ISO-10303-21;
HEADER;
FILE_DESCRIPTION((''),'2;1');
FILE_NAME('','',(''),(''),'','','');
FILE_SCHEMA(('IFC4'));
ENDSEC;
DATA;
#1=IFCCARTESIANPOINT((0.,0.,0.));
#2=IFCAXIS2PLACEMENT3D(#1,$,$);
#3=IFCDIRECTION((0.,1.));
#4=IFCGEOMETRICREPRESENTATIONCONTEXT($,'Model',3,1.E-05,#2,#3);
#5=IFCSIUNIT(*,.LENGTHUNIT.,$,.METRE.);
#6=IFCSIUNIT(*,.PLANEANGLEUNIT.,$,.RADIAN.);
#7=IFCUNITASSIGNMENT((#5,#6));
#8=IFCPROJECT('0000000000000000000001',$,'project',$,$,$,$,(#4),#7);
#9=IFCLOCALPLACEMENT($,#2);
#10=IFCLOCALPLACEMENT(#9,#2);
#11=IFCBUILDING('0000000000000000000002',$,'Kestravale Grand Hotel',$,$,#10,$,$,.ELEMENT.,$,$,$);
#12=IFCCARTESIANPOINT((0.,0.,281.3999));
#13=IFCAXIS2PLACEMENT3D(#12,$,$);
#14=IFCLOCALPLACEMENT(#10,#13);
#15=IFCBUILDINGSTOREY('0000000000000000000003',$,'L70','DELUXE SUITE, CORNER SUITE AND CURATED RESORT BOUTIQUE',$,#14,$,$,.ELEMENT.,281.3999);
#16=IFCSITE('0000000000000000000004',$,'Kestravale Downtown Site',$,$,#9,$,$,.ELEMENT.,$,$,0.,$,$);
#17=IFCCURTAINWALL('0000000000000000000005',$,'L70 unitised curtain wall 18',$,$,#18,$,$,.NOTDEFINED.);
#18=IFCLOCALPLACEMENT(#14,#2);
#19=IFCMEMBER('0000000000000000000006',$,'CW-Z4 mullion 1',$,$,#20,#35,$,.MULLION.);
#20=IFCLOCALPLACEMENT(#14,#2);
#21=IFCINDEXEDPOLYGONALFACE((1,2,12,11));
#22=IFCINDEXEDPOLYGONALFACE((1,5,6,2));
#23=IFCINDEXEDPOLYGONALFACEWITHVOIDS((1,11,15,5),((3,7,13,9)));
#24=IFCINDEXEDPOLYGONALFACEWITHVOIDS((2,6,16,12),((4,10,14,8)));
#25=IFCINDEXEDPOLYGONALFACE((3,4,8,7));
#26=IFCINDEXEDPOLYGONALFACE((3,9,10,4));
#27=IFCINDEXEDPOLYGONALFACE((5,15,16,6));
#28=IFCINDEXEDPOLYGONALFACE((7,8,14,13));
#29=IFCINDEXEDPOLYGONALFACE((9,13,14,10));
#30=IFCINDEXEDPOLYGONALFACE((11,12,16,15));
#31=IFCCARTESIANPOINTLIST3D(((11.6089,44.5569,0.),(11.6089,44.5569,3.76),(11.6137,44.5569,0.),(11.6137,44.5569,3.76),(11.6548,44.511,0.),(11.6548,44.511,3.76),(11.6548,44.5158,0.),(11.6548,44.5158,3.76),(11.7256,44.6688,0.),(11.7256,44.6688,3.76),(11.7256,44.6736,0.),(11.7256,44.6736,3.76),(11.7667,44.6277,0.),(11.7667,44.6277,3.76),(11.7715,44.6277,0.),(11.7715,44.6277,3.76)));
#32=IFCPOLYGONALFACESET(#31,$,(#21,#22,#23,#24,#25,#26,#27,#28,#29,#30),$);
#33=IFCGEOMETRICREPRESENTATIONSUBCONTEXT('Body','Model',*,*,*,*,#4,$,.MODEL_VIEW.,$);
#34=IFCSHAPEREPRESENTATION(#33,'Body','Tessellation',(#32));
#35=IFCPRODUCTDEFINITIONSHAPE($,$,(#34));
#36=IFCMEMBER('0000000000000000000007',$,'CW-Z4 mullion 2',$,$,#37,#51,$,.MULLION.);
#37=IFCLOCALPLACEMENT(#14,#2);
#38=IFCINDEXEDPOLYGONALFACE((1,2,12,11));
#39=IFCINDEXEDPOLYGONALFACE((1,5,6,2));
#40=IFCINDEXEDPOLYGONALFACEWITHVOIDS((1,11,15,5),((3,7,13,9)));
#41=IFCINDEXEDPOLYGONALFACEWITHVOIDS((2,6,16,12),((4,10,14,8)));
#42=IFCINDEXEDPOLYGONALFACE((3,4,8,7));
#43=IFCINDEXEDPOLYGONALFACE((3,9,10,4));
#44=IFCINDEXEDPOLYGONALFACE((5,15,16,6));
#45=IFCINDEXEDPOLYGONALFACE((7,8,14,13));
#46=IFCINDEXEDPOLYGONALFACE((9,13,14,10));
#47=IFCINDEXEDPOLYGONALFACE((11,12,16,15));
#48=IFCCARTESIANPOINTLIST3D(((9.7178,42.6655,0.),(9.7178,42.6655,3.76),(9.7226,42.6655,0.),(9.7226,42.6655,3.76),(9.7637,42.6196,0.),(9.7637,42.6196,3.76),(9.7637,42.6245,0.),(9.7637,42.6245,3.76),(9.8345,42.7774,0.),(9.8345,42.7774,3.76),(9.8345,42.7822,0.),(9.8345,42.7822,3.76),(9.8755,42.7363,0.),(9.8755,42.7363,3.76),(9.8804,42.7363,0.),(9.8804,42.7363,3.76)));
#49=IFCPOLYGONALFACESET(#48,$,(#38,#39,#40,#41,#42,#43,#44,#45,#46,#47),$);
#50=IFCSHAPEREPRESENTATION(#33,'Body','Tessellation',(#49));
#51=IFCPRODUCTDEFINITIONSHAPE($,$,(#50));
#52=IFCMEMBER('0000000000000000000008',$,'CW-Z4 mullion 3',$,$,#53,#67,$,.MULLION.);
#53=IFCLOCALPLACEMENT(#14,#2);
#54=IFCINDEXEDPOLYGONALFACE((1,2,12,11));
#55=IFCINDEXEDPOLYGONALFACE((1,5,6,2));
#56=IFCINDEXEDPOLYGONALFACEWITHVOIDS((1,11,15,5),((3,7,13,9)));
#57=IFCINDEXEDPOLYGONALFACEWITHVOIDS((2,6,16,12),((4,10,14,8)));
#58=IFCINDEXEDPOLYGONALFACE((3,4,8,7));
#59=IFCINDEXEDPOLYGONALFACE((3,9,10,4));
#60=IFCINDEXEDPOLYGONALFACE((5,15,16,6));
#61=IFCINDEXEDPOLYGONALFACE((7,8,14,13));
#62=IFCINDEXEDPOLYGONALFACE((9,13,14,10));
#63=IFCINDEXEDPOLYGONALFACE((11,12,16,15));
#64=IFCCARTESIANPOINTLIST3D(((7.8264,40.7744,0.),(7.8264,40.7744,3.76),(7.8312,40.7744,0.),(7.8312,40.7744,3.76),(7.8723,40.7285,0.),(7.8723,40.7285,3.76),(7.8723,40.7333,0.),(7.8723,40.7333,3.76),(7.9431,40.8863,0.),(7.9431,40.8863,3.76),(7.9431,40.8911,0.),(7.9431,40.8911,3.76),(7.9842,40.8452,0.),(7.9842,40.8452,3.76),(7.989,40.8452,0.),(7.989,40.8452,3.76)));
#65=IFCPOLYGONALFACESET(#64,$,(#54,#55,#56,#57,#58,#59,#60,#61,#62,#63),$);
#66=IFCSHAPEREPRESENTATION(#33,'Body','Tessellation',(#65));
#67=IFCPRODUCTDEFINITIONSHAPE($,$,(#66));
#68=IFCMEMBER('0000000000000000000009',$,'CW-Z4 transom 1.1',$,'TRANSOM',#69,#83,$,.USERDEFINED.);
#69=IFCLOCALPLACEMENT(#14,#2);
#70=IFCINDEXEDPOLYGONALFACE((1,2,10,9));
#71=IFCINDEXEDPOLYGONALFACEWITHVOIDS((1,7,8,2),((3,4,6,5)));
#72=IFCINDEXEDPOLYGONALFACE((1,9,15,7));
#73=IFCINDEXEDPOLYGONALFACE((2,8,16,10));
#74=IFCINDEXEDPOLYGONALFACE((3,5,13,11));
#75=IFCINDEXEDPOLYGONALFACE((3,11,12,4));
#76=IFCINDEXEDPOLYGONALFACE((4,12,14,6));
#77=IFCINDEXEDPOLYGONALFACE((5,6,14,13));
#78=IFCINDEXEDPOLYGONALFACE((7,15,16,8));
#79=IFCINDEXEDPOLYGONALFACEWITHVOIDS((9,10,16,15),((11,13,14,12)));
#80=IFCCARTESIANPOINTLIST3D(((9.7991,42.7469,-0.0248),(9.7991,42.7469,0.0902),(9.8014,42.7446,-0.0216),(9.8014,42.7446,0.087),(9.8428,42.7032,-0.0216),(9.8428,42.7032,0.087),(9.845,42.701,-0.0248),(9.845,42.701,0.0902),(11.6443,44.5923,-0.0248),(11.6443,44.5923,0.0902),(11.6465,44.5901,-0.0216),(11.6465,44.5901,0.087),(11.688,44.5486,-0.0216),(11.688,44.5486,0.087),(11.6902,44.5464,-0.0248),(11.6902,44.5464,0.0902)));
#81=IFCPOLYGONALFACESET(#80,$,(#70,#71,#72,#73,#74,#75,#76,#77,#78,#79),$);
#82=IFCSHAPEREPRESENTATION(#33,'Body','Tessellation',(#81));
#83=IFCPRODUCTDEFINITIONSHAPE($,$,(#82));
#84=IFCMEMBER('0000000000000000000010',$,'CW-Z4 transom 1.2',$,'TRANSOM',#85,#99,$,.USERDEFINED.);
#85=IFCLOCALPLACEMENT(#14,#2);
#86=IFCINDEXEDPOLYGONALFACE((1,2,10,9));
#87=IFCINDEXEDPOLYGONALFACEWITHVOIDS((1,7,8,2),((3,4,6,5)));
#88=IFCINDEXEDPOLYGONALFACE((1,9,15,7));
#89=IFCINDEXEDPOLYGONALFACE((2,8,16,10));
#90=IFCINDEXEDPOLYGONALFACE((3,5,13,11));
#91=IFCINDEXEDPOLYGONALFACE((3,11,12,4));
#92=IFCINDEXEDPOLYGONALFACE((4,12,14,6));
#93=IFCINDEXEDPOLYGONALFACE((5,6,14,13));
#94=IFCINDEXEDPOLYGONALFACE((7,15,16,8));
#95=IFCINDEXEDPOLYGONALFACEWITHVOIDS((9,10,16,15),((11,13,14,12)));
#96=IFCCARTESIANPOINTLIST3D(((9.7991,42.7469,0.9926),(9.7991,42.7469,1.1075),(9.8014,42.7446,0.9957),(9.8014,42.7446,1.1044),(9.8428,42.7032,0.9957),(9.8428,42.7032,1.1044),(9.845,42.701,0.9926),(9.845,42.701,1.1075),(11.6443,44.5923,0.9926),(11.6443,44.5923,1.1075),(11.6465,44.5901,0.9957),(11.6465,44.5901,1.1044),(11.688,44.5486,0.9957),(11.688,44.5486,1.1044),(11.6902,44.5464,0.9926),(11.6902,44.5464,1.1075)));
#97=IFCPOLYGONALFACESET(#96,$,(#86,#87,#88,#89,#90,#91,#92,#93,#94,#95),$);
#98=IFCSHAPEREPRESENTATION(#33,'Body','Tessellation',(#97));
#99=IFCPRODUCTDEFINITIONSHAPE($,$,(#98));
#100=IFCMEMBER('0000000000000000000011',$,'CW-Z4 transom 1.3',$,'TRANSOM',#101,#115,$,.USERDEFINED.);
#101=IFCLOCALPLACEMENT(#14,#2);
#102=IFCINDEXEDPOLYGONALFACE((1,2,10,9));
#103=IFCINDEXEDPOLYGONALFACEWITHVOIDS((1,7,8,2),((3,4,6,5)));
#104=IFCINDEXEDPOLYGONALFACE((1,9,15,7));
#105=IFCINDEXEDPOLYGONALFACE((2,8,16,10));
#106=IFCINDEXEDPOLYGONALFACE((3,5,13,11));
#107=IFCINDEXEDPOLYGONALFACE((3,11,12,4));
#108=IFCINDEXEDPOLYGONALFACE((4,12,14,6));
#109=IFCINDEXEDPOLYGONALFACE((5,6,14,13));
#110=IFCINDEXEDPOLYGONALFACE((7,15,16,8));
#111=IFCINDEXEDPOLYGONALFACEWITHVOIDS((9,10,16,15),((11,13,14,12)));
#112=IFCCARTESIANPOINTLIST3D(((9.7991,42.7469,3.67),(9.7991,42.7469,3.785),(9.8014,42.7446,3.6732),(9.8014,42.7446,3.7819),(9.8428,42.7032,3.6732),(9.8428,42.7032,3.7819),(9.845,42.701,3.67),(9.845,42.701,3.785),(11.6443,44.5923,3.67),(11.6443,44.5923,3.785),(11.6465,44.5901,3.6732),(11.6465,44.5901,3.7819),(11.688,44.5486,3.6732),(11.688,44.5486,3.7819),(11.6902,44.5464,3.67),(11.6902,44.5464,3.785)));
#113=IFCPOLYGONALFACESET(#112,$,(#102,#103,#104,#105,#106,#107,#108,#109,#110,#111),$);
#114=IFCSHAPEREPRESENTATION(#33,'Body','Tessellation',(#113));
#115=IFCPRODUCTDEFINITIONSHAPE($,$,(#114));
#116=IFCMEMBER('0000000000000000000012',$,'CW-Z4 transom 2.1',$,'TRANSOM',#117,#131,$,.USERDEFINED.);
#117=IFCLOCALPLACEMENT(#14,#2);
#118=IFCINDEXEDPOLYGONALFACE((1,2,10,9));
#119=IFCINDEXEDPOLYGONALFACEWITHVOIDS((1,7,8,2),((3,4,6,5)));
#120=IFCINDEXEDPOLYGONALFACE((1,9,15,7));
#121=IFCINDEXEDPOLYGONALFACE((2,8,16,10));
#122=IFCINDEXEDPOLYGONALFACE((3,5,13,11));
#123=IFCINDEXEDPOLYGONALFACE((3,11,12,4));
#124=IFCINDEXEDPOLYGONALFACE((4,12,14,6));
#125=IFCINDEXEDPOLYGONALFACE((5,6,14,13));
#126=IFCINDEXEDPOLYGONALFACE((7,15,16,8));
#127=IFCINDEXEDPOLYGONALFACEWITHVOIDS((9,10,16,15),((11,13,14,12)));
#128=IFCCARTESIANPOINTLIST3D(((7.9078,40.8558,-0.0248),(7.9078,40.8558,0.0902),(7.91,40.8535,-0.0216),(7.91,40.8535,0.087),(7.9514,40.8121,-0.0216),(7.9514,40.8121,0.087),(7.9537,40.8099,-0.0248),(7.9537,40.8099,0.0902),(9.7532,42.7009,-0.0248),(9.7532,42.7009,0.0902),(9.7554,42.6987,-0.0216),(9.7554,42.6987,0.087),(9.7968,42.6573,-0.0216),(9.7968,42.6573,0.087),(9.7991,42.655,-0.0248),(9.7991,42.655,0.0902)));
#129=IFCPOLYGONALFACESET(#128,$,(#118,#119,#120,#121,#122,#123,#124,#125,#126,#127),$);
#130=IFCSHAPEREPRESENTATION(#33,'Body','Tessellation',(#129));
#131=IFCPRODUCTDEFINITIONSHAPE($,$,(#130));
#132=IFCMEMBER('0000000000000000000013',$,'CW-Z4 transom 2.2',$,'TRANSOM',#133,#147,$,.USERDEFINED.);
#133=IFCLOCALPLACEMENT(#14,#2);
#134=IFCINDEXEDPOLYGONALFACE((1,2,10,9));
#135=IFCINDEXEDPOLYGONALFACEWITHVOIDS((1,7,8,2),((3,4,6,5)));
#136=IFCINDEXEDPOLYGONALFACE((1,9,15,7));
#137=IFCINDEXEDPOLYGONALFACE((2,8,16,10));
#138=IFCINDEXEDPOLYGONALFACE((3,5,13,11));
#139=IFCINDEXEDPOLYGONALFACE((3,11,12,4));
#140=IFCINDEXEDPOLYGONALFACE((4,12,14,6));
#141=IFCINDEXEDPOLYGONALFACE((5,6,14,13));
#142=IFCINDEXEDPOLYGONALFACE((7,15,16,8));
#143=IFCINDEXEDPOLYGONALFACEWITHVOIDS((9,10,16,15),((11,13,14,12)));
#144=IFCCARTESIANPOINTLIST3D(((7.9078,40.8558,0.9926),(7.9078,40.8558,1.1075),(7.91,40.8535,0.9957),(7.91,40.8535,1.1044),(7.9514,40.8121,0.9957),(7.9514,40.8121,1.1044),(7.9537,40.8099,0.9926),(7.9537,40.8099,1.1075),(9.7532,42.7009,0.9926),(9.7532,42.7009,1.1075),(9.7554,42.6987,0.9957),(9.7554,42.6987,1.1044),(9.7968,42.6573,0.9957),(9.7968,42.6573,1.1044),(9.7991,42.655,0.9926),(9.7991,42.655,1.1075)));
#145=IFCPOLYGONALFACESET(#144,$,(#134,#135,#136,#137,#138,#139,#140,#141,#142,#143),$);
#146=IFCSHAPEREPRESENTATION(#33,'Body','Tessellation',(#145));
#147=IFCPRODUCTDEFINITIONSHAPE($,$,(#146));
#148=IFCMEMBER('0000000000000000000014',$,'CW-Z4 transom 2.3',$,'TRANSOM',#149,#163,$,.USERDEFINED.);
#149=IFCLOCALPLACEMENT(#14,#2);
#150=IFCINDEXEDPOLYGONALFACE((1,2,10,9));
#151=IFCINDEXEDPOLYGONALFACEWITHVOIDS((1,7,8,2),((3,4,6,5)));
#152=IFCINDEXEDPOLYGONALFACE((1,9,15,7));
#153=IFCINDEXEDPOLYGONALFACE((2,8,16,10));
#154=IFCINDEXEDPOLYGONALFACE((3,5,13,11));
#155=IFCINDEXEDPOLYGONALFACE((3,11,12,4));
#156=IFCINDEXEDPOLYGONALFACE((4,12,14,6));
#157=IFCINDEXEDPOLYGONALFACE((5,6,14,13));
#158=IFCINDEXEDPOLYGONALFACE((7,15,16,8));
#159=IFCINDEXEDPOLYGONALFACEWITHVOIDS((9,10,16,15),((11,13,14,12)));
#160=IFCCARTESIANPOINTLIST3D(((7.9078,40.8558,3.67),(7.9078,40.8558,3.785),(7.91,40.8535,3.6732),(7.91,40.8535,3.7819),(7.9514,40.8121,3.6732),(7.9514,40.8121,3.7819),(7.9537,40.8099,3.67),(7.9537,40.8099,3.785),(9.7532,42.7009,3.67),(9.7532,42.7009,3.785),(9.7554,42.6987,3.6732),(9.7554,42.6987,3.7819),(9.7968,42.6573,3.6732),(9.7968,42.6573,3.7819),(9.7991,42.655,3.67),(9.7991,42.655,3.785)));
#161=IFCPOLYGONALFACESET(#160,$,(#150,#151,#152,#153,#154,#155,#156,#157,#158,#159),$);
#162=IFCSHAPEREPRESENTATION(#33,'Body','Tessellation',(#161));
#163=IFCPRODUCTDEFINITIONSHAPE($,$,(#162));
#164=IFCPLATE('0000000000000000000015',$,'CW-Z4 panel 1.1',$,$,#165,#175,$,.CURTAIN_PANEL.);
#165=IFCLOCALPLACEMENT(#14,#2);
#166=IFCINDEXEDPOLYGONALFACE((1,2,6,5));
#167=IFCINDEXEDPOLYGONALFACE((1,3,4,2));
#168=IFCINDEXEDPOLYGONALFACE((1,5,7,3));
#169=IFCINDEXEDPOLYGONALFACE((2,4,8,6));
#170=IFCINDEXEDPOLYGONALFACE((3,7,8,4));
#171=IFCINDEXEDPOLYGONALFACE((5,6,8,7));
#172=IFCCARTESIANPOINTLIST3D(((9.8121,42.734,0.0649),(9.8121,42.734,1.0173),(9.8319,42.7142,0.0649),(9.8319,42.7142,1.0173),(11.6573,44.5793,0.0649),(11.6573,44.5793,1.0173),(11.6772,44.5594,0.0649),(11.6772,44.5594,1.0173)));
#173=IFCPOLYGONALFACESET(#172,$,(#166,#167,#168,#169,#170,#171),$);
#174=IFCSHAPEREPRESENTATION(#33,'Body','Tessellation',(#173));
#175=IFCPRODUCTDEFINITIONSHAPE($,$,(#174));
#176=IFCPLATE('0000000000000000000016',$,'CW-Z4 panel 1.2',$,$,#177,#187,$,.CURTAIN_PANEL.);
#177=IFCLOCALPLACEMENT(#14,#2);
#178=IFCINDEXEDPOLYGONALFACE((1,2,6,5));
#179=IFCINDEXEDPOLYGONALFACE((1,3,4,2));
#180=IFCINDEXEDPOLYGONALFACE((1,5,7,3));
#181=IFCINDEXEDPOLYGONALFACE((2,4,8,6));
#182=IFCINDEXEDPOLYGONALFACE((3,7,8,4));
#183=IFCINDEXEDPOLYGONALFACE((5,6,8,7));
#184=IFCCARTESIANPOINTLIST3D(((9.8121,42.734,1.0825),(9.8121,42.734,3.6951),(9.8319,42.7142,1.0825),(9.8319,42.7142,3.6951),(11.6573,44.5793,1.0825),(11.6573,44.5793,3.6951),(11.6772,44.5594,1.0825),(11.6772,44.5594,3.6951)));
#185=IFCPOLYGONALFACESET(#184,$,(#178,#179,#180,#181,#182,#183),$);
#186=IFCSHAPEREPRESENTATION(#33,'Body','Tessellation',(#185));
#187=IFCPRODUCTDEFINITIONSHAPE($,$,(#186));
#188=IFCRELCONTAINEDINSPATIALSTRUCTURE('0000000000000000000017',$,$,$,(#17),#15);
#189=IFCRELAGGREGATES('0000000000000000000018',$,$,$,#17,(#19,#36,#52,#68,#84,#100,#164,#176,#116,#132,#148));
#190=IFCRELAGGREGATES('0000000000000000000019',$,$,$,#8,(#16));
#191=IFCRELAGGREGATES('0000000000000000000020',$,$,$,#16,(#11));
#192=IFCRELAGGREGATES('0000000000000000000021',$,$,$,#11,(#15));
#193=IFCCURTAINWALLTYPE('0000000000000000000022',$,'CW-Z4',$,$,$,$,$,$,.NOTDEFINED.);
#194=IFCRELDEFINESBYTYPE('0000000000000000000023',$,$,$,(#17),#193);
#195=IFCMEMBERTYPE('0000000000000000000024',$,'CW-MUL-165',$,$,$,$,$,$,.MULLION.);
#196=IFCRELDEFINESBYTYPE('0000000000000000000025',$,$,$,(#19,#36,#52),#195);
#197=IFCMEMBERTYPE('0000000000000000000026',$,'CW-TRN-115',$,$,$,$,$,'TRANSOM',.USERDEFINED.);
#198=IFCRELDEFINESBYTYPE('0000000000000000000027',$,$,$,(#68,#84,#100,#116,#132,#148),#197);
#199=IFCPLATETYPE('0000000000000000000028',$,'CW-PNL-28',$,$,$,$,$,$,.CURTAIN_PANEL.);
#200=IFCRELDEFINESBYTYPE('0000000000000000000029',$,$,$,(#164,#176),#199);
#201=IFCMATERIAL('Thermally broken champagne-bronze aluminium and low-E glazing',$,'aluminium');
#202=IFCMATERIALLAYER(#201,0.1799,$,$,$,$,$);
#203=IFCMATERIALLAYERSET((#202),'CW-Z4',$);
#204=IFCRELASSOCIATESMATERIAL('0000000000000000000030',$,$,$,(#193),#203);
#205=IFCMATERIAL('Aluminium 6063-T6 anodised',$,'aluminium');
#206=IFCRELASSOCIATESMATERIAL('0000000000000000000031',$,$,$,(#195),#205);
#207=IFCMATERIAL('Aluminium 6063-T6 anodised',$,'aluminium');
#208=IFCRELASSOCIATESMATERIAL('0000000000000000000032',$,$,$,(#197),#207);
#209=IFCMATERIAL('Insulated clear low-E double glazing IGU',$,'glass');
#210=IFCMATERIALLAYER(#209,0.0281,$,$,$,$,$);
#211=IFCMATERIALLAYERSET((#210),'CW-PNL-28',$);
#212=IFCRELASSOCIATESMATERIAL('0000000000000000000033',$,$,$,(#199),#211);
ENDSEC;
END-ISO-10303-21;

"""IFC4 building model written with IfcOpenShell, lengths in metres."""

from ifc_helpers import new_model, si_unit, direction, frame, origin, origin_2d, place, context, subcontext, project, spatial, rectangle, hollow_rectangle, extrude, material, layer, layer_set, material_profile, profile_set, type_object, element, aggregate, save


model = new_model("IFC4")

# Units and contexts
model_context = context("Model", 3, precision=1e-05, world=origin(), true_north=direction((0.0, 1.0)))
body_context = subcontext(model_context, "Body", "Model", "MODEL_VIEW")
ifc_project = project(units=[si_unit("LENGTHUNIT", "METRE"), si_unit("PLANEANGLEUNIT", "RADIAN")], contexts=[model_context])

# Site, building, storey
site_placement = place(None, origin())
site = spatial("IfcSite", under=ifc_project, at=site_placement, Name="Kestravale Downtown Site", CompositionType="ELEMENT", RefElevation=0.0)
building_placement = place(site_placement, origin())
building = spatial("IfcBuilding", under=site, at=building_placement, Name="Kestravale Grand Hotel", CompositionType="ELEMENT")
storey_placement = place(building_placement, frame((0.0, 0.0, 281.3999)))
storey = spatial("IfcBuildingStorey", under=building, at=storey_placement, Name="L70", Description="DELUXE SUITE, CORNER SUITE AND CURATED RESORT BOUTIQUE", CompositionType="ELEMENT", Elevation=281.3999)

# Curtain wall, members, plates
ifc_material_1 = material(Name="Thermally broken champagne-bronze aluminium and low-E glazing", Category="aluminium")
ifc_layer_1 = layer(ifc_material_1, 0.1799)
ifc_layer_set_1 = layer_set([ifc_layer_1], Name="CW-Z4")
curtain_wall_type = type_object("IfcCurtainWallType", Name="CW-Z4", PredefinedType="NOTDEFINED", material=ifc_layer_set_1)
curtain_wall_placement = place(storey_placement, origin())
curtain_wall = element("IfcCurtainWall", 1, at=curtain_wall_placement, inside=storey, type_object=curtain_wall_type, Name="L70 unitised curtain wall 18", PredefinedType="NOTDEFINED")
ifc_material_2 = material(Name="Aluminium 6063-T6 anodised", Category="aluminium")
ifc_material_profile_1 = material_profile(ifc_material_2, hollow_rectangle(XDim=0.0649, YDim=0.165, WallThickness=0.0034, at=origin_2d()))
ifc_profile_set_1 = profile_set([ifc_material_profile_1], Name="Aluminium 6063-T6 anodised")
member_type_1 = type_object("IfcMemberType", Name="CW-MUL-165", PredefinedType="MULLION", material=ifc_profile_set_1)
member_1_placement = place(storey_placement, frame((11.6902, 44.5923, 0.0), z_axis=(0.0, 0.0, 1.0), x_axis=(0.707107, -0.707107, 0.0)))
member_1 = element("IfcMember", 2, at=member_1_placement, type_object=member_type_1, Name="CW-Z4 mullion 1", PredefinedType="MULLION", context=body_context, shape_type="SweptSolid", body=[
    extrude(hollow_rectangle(XDim=0.0649, YDim=0.165, WallThickness=0.0034, at=origin_2d()), origin(), (0.0, 0.0, 1.0), 3.76),
])
member_2_placement = place(storey_placement, frame((9.7991, 42.7009, 0.0), z_axis=(0.0, 0.0, 1.0), x_axis=(0.707107, -0.707107, 0.0)))
member_2 = element("IfcMember", 3, at=member_2_placement, type_object=member_type_1, Name="CW-Z4 mullion 2", PredefinedType="MULLION", context=body_context, shape_type="SweptSolid", body=[
    extrude(hollow_rectangle(XDim=0.0649, YDim=0.165, WallThickness=0.0034, at=origin_2d()), origin(), (0.0, 0.0, 1.0), 3.76),
])
member_3_placement = place(storey_placement, frame((7.9077, 40.8098, 0.0), z_axis=(0.0, 0.0, 1.0), x_axis=(0.707107, -0.707107, 0.0)))
member_3 = element("IfcMember", 4, at=member_3_placement, type_object=member_type_1, Name="CW-Z4 mullion 3", PredefinedType="MULLION", context=body_context, shape_type="SweptSolid", body=[
    extrude(hollow_rectangle(XDim=0.0649, YDim=0.165, WallThickness=0.0034, at=origin_2d()), origin(), (0.0, 0.0, 1.0), 3.76),
])
ifc_material_3 = material(Name="Aluminium 6063-T6 anodised", Category="aluminium")
ifc_material_profile_2 = material_profile(ifc_material_3, hollow_rectangle(XDim=0.0649, YDim=0.115, WallThickness=0.0032, at=origin_2d()))
ifc_profile_set_2 = profile_set([ifc_material_profile_2], Name="Aluminium 6063-T6 anodised")
member_type_2 = type_object("IfcMemberType", Name="CW-TRN-115", ElementType="TRANSOM", PredefinedType="USERDEFINED", material=ifc_profile_set_2)
member_4_placement = place(storey_placement, frame((11.6672, 44.5693, 0.0327), z_axis=(-0.70706, -0.707154, 0.0), x_axis=(0.707154, -0.70706, 0.0)))
member_4 = element("IfcMember", 5, at=member_4_placement, type_object=member_type_2, Name="CW-Z4 transom 1.1", ObjectType="TRANSOM", PredefinedType="USERDEFINED", context=body_context, shape_type="SweptSolid", body=[
    extrude(hollow_rectangle(XDim=0.0649, YDim=0.115, WallThickness=0.0032, at=origin_2d()), origin(), (0.0, 0.0, 1.0), 2.6096),
])
member_5_placement = place(storey_placement, frame((11.6672, 44.5693, 1.05), z_axis=(-0.70706, -0.707154, 0.0), x_axis=(0.707154, -0.70706, 0.0)))
member_5 = element("IfcMember", 6, at=member_5_placement, type_object=member_type_2, Name="CW-Z4 transom 1.2", ObjectType="TRANSOM", PredefinedType="USERDEFINED", context=body_context, shape_type="SweptSolid", body=[
    extrude(hollow_rectangle(XDim=0.0649, YDim=0.115, WallThickness=0.0032, at=origin_2d()), origin(), (0.0, 0.0, 1.0), 2.6096),
])
member_6_placement = place(storey_placement, frame((11.6672, 44.5693, 3.7275), z_axis=(-0.70706, -0.707154, 0.0), x_axis=(0.707154, -0.70706, 0.0)))
member_6 = element("IfcMember", 7, at=member_6_placement, type_object=member_type_2, Name="CW-Z4 transom 1.3", ObjectType="TRANSOM", PredefinedType="USERDEFINED", context=body_context, shape_type="SweptSolid", body=[
    extrude(hollow_rectangle(XDim=0.0649, YDim=0.115, WallThickness=0.0032, at=origin_2d()), origin(), (0.0, 0.0, 1.0), 2.6096),
])
member_7_placement = place(storey_placement, frame((9.7761, 42.678, 0.0327), z_axis=(-0.707154, -0.70706, 0.0), x_axis=(0.70706, -0.707154, 0.0)))
member_7 = element("IfcMember", 8, at=member_7_placement, type_object=member_type_2, Name="CW-Z4 transom 2.1", ObjectType="TRANSOM", PredefinedType="USERDEFINED", context=body_context, shape_type="SweptSolid", body=[
    extrude(hollow_rectangle(XDim=0.0649, YDim=0.115, WallThickness=0.0032, at=origin_2d()), origin(), (0.0, 0.0, 1.0), 2.6096),
])
member_8_placement = place(storey_placement, frame((9.7761, 42.678, 1.05), z_axis=(-0.707154, -0.70706, 0.0), x_axis=(0.70706, -0.707154, 0.0)))
member_8 = element("IfcMember", 9, at=member_8_placement, type_object=member_type_2, Name="CW-Z4 transom 2.2", ObjectType="TRANSOM", PredefinedType="USERDEFINED", context=body_context, shape_type="SweptSolid", body=[
    extrude(hollow_rectangle(XDim=0.0649, YDim=0.115, WallThickness=0.0032, at=origin_2d()), origin(), (0.0, 0.0, 1.0), 2.6096),
])
member_9_placement = place(storey_placement, frame((9.7761, 42.678, 3.7275), z_axis=(-0.707154, -0.70706, 0.0), x_axis=(0.70706, -0.707154, 0.0)))
member_9 = element("IfcMember", 10, at=member_9_placement, type_object=member_type_2, Name="CW-Z4 transom 2.3", ObjectType="TRANSOM", PredefinedType="USERDEFINED", context=body_context, shape_type="SweptSolid", body=[
    extrude(hollow_rectangle(XDim=0.0649, YDim=0.115, WallThickness=0.0032, at=origin_2d()), origin(), (0.0, 0.0, 1.0), 2.6096),
])
ifc_material_4 = material(Name="Insulated clear low-E double glazing IGU", Category="glass")
ifc_layer_2 = layer(ifc_material_4, 0.0281)
ifc_layer_set_2 = layer_set([ifc_layer_2], Name="CW-PNL-28")
plate_type = type_object("IfcPlateType", Name="CW-PNL-28", PredefinedType="CURTAIN_PANEL", material=ifc_layer_set_2)
plate_1_placement = place(storey_placement, frame((10.7446, 43.6467, 0.0649), z_axis=(0.0, 0.0, 1.0), x_axis=(-0.707107, -0.707107, 0.0)))
plate_1 = element("IfcPlate", 11, at=plate_1_placement, type_object=plate_type, Name="CW-Z4 panel 1.1", PredefinedType="CURTAIN_PANEL", context=body_context, shape_type="SweptSolid", body=[
    extrude(rectangle(XDim=2.6096, YDim=0.0281, at=origin_2d()), origin(), (0.0, 0.0, 1.0), 0.9524),
])
plate_2_placement = place(storey_placement, frame((10.7446, 43.6467, 1.0825), z_axis=(0.0, 0.0, 1.0), x_axis=(-0.707107, -0.707107, 0.0)))
plate_2 = element("IfcPlate", 12, at=plate_2_placement, type_object=plate_type, Name="CW-Z4 panel 1.2", PredefinedType="CURTAIN_PANEL", context=body_context, shape_type="SweptSolid", body=[
    extrude(rectangle(XDim=2.6096, YDim=0.0281, at=origin_2d()), origin(), (0.0, 0.0, 1.0), 2.6125),
])
aggregate(curtain_wall, [member_1, member_2, member_3, member_4, member_5, member_6, plate_1, plate_2, member_7, member_8, member_9])

save(model, "model.ifc")
